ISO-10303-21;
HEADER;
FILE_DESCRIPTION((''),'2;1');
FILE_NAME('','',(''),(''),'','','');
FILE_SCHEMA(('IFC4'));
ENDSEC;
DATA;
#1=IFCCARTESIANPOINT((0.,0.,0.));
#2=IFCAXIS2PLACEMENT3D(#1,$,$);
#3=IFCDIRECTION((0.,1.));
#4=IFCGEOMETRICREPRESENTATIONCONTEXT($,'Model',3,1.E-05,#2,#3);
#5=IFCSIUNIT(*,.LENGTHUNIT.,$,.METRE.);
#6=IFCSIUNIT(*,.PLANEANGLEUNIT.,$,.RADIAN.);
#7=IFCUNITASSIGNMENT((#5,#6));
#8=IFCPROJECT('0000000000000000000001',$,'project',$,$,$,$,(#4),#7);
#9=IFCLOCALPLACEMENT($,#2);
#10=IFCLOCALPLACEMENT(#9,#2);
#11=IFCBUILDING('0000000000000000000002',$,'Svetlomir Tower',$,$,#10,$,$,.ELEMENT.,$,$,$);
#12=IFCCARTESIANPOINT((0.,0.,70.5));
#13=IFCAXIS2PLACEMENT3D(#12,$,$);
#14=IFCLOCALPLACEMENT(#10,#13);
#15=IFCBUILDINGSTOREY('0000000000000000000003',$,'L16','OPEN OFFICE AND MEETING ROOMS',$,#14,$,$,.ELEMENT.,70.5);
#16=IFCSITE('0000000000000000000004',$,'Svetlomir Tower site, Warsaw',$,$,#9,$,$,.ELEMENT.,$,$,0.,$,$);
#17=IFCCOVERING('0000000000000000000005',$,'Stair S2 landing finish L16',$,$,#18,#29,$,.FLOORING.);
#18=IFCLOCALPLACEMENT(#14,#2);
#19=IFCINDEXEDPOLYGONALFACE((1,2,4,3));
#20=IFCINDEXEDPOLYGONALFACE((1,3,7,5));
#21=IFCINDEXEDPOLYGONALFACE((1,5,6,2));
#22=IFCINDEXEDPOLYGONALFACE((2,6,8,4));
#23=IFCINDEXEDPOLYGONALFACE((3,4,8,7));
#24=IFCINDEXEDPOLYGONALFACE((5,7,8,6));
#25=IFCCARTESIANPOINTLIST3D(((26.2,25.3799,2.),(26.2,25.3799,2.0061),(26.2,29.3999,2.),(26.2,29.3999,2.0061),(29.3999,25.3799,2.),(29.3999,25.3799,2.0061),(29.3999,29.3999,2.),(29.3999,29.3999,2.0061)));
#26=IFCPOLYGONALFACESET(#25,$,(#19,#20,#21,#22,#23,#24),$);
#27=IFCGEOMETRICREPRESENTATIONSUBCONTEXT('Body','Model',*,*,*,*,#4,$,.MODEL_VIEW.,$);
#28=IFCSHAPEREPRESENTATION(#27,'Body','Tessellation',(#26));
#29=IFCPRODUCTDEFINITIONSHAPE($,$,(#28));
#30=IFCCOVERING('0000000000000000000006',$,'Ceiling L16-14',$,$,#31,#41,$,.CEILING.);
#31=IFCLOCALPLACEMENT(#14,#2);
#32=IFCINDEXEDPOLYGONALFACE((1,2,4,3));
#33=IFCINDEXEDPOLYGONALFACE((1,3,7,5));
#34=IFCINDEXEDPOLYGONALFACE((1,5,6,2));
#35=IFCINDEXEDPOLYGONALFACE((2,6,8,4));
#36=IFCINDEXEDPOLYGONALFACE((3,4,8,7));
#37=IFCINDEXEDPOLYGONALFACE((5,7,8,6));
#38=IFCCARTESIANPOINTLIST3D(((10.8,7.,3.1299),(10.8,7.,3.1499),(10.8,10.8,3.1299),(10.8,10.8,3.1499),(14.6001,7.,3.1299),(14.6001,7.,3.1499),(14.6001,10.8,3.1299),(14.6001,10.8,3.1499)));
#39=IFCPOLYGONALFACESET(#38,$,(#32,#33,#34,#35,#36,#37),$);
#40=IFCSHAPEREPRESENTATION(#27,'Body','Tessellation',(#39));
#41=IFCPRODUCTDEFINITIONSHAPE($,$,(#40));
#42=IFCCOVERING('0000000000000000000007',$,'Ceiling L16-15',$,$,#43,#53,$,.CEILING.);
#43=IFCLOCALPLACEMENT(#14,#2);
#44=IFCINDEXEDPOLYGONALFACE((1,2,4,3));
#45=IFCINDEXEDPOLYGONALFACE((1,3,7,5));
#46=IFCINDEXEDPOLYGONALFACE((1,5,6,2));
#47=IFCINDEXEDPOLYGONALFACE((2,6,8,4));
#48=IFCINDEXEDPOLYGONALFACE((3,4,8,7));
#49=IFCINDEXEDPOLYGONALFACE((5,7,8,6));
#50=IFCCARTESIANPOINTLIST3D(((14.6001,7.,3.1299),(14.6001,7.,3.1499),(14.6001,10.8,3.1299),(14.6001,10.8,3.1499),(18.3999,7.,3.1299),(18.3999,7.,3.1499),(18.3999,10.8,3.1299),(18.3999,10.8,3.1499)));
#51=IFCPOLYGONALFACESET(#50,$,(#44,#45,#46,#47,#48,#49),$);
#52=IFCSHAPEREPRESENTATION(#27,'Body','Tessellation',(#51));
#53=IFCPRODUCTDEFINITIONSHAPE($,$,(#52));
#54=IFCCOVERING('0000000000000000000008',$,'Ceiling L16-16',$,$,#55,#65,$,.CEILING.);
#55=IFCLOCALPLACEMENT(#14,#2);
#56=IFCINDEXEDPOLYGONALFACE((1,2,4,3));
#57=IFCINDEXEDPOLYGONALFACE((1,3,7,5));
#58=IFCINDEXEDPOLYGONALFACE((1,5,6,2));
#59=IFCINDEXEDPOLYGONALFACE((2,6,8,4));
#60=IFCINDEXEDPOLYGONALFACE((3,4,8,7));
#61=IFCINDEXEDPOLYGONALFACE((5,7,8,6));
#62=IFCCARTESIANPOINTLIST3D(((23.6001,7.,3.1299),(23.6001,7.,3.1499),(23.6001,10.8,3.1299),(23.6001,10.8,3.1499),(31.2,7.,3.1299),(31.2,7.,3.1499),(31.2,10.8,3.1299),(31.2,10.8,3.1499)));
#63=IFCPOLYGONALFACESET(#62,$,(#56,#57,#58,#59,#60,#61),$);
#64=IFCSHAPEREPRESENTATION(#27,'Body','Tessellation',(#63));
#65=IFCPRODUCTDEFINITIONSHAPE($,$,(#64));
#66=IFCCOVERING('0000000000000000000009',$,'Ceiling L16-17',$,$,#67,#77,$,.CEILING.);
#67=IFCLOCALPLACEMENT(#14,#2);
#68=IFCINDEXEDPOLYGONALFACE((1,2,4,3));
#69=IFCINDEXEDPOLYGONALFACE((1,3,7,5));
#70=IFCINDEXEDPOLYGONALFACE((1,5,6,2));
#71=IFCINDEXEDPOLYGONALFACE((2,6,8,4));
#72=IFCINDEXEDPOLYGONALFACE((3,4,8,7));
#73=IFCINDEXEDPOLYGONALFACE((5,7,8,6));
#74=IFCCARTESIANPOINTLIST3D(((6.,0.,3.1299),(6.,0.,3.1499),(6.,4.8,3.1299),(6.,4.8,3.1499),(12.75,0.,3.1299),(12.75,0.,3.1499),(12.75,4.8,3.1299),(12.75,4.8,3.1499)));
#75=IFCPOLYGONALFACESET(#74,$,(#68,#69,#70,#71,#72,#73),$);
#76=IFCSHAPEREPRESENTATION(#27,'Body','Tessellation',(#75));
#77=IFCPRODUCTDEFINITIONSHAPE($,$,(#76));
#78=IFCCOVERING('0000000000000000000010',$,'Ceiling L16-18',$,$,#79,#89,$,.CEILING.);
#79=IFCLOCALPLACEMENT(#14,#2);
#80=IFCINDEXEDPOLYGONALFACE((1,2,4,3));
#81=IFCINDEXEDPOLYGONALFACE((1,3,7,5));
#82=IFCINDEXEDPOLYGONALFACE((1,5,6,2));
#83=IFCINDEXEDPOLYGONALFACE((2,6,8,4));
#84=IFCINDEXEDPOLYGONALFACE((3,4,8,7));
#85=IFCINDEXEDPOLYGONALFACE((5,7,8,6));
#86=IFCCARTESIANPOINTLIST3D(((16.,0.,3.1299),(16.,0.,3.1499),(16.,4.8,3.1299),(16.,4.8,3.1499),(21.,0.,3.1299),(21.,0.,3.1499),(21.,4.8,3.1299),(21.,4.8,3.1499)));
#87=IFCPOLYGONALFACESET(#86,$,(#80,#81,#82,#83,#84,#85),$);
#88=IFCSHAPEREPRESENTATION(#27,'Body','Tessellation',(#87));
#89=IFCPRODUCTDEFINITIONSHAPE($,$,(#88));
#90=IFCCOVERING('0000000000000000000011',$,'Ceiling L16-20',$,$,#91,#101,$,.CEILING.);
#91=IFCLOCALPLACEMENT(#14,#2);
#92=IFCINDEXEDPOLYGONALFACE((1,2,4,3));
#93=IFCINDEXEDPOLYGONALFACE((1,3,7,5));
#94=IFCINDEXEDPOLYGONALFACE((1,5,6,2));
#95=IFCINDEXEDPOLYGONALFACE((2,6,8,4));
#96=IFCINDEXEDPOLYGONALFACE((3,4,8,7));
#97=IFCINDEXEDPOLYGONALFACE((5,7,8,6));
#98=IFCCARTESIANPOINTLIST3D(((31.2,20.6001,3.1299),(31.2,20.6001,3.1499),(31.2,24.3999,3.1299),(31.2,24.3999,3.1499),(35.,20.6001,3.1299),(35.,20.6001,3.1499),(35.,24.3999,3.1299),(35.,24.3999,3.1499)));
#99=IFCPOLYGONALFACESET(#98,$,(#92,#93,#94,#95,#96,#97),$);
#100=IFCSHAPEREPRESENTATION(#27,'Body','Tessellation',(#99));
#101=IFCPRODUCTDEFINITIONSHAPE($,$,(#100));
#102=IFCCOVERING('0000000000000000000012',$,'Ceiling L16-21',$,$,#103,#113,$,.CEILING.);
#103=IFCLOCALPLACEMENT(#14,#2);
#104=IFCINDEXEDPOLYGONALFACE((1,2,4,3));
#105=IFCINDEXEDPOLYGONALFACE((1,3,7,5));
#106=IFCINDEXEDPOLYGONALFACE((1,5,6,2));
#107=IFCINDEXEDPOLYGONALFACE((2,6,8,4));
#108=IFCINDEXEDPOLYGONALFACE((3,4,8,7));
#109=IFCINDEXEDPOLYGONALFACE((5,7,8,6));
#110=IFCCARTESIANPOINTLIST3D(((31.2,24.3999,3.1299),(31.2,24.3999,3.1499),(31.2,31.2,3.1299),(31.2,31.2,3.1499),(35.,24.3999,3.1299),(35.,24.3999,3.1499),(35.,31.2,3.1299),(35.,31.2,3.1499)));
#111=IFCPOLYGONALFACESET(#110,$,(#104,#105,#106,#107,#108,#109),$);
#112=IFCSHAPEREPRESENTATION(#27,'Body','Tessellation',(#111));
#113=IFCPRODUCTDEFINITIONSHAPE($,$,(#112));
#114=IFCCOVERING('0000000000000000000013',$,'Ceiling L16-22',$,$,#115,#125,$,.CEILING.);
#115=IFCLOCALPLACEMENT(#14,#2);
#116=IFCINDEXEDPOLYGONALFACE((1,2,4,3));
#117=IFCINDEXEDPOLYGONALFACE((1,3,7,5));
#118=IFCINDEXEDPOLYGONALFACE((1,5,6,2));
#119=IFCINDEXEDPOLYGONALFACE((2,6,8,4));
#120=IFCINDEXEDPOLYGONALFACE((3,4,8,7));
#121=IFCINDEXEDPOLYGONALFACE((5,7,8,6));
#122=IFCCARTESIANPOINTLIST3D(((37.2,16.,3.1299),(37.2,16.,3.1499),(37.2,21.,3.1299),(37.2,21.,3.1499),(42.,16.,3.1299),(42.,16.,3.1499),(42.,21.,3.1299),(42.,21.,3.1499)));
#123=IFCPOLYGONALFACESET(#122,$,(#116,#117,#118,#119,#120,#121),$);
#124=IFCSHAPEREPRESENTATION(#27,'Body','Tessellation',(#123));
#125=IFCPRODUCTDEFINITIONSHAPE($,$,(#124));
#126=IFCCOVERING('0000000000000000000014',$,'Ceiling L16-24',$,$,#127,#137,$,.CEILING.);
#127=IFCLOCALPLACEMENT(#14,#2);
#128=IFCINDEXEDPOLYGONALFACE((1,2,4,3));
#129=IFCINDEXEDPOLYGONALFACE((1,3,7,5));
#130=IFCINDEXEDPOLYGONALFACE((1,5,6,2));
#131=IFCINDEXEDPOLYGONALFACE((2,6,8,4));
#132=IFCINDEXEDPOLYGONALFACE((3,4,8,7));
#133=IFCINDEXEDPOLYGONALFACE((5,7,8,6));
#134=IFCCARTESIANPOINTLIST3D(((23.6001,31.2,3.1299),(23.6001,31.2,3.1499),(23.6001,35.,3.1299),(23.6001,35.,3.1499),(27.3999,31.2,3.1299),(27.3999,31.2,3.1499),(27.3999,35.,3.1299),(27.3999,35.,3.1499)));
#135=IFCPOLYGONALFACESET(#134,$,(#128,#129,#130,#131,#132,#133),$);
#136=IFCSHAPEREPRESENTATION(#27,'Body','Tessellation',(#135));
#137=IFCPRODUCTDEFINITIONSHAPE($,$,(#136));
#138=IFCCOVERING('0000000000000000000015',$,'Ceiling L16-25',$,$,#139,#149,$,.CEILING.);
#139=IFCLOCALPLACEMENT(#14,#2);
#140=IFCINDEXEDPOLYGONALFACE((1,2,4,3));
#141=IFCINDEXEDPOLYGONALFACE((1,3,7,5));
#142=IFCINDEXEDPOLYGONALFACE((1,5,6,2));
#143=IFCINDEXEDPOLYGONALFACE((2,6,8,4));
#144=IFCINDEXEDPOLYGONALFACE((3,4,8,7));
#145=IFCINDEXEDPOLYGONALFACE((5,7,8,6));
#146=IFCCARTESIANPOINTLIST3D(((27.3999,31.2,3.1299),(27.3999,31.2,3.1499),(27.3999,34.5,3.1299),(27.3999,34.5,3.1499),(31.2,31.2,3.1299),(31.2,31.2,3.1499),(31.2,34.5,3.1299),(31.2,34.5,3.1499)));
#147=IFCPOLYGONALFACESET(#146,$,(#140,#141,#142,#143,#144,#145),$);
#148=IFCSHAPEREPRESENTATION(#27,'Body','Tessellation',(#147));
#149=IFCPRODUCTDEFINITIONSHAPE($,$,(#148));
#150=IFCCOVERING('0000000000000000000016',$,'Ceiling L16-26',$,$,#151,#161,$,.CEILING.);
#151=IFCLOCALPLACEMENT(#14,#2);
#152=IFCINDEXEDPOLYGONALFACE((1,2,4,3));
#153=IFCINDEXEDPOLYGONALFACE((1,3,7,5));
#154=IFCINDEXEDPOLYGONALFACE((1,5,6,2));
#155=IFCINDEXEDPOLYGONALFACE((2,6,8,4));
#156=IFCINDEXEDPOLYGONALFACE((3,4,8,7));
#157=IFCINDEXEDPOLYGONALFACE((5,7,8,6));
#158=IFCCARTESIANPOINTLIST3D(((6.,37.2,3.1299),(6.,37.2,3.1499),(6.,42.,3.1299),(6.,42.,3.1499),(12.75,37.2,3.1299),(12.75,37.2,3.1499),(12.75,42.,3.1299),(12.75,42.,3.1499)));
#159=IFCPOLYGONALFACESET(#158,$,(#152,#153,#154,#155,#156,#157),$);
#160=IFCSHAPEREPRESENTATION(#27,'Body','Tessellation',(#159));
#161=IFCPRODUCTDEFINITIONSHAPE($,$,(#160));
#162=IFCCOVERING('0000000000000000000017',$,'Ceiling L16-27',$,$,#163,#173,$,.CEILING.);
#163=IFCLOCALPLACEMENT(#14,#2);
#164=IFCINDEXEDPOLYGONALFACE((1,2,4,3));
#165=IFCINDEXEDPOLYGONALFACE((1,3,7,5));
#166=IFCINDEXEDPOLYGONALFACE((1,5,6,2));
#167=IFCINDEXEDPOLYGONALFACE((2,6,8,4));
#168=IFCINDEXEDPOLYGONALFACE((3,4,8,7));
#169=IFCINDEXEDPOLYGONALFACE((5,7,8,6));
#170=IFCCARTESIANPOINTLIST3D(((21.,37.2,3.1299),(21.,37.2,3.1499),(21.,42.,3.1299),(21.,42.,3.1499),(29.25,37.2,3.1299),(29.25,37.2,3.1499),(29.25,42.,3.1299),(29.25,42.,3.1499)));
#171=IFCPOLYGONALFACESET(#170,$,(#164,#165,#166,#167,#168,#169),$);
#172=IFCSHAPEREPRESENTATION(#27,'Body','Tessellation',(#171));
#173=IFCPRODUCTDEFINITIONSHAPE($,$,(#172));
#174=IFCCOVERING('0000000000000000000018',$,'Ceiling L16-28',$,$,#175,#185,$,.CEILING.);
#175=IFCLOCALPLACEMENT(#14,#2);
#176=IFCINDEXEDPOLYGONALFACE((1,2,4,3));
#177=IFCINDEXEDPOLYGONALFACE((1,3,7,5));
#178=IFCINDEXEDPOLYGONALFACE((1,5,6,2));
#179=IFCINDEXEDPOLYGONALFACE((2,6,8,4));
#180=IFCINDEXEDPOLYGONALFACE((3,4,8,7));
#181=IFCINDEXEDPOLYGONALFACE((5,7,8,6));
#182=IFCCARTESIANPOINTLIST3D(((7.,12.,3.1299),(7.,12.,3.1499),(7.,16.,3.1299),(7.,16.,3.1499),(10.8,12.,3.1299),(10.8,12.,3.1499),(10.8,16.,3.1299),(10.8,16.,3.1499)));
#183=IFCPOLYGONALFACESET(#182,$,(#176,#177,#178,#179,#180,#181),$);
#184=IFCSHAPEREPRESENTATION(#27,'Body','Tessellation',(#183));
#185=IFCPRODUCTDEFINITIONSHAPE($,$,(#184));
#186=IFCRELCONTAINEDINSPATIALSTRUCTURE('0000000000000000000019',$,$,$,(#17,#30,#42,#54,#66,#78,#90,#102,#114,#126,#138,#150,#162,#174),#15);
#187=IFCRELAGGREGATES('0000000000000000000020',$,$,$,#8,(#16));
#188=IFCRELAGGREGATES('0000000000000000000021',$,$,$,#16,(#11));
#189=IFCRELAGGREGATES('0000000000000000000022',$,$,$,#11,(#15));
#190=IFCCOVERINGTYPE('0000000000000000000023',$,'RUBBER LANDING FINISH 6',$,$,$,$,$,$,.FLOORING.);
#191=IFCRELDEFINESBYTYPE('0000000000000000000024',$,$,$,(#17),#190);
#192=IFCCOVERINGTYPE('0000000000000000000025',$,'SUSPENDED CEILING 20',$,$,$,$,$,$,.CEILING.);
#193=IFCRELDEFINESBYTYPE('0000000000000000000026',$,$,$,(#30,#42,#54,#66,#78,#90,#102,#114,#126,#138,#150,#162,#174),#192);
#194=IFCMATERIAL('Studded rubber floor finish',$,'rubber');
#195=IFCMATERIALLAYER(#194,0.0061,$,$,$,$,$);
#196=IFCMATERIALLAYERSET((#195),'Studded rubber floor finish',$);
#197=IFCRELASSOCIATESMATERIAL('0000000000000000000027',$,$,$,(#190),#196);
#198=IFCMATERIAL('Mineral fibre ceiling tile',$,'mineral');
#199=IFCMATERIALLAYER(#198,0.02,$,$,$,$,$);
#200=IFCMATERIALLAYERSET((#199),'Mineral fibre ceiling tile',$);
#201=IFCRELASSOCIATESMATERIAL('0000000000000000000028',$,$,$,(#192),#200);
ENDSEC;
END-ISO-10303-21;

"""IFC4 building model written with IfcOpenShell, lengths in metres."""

from ifc_helpers import new_model, si_unit, direction, frame, origin, place, context, subcontext, project, spatial, polyline, outline, extrude, material, layer, layer_set, type_object, element, save


model = new_model("IFC4")

# Units and contexts
model_context = context("Model", 3, precision=1e-05, world=origin(), true_north=direction((0.0, 1.0)))
body_context = subcontext(model_context, "Body", "Model", "MODEL_VIEW")
ifc_project = project(units=[si_unit("LENGTHUNIT", "METRE"), si_unit("PLANEANGLEUNIT", "RADIAN")], contexts=[model_context])

# Site, building, storey
site_placement = place(None, origin())
site = spatial("IfcSite", under=ifc_project, at=site_placement, Name="Svetlomir Tower site, Warsaw", CompositionType="ELEMENT", RefElevation=0.0)
building_placement = place(site_placement, origin())
building = spatial("IfcBuilding", under=site, at=building_placement, Name="Svetlomir Tower", CompositionType="ELEMENT")
storey_placement = place(building_placement, frame((0.0, 0.0, 70.5)))
storey = spatial("IfcBuildingStorey", under=building, at=storey_placement, Name="L16", Description="OPEN OFFICE AND MEETING ROOMS", CompositionType="ELEMENT", Elevation=70.5)

# Coverings
ifc_material_1 = material(Name="Studded rubber floor finish", Category="rubber")
ifc_layer_1 = layer(ifc_material_1, 0.0061)
ifc_layer_set_1 = layer_set([ifc_layer_1], Name="Studded rubber floor finish")
covering_type_1 = type_object("IfcCoveringType", Name="RUBBER LANDING FINISH 6", PredefinedType="FLOORING", material=ifc_layer_set_1)
covering_1_placement = place(storey_placement, frame((0.0, 0.0, 2.0)))
element("IfcCovering", 1, at=covering_1_placement, inside=storey, type_object=covering_type_1, Name="Stair S2 landing finish L16", PredefinedType="FLOORING", context=body_context, shape_type="SweptSolid", body=[
    extrude(outline(polyline([(26.2, 25.3799), (29.3999, 25.3799), (29.3999, 29.3999), (26.2, 29.3999), (26.2, 25.3799)])), origin(), (0.0, 0.0, 1.0), 0.0061),
])
ifc_material_2 = material(Name="Mineral fibre ceiling tile", Category="mineral")
ifc_layer_2 = layer(ifc_material_2, 0.02)
ifc_layer_set_2 = layer_set([ifc_layer_2], Name="Mineral fibre ceiling tile")
covering_type_2 = type_object("IfcCoveringType", Name="SUSPENDED CEILING 20", PredefinedType="CEILING", material=ifc_layer_set_2)
covering_2_placement = place(storey_placement, frame((0.0, 0.0, 3.1299)))
element("IfcCovering", 2, at=covering_2_placement, inside=storey, type_object=covering_type_2, Name="Ceiling L16-14", PredefinedType="CEILING", context=body_context, shape_type="SweptSolid", body=[
    extrude(outline(polyline([(10.8, 7.0), (14.6001, 7.0), (14.6001, 10.8), (10.8, 10.8), (10.8, 7.0)])), origin(), (0.0, 0.0, 1.0), 0.02),
])
covering_3_placement = place(storey_placement, frame((0.0, 0.0, 3.1299)))
element("IfcCovering", 3, at=covering_3_placement, inside=storey, type_object=covering_type_2, Name="Ceiling L16-15", PredefinedType="CEILING", context=body_context, shape_type="SweptSolid", body=[
    extrude(outline(polyline([(14.6001, 7.0), (18.3999, 7.0), (18.3999, 10.8), (14.6001, 10.8), (14.6001, 7.0)])), origin(), (0.0, 0.0, 1.0), 0.02),
])
covering_4_placement = place(storey_placement, frame((0.0, 0.0, 3.1299)))
element("IfcCovering", 4, at=covering_4_placement, inside=storey, type_object=covering_type_2, Name="Ceiling L16-16", PredefinedType="CEILING", context=body_context, shape_type="SweptSolid", body=[
    extrude(outline(polyline([(23.6001, 7.0), (31.2, 7.0), (31.2, 10.8), (23.6001, 10.8), (23.6001, 7.0)])), origin(), (0.0, 0.0, 1.0), 0.02),
])
covering_5_placement = place(storey_placement, frame((0.0, 0.0, 3.1299)))
element("IfcCovering", 5, at=covering_5_placement, inside=storey, type_object=covering_type_2, Name="Ceiling L16-17", PredefinedType="CEILING", context=body_context, shape_type="SweptSolid", body=[
    extrude(outline(polyline([(6.0, 0.0), (12.75, 0.0), (12.75, 4.8), (6.0, 4.8), (6.0, 0.0)])), origin(), (0.0, 0.0, 1.0), 0.02),
])
covering_6_placement = place(storey_placement, frame((0.0, 0.0, 3.1299)))
element("IfcCovering", 6, at=covering_6_placement, inside=storey, type_object=covering_type_2, Name="Ceiling L16-18", PredefinedType="CEILING", context=body_context, shape_type="SweptSolid", body=[
    extrude(outline(polyline([(16.0, 0.0), (21.0, 0.0), (21.0, 4.8), (16.0, 4.8), (16.0, 0.0)])), origin(), (0.0, 0.0, 1.0), 0.02),
])
covering_7_placement = place(storey_placement, frame((0.0, 0.0, 3.1299)))
element("IfcCovering", 7, at=covering_7_placement, inside=storey, type_object=covering_type_2, Name="Ceiling L16-20", PredefinedType="CEILING", context=body_context, shape_type="SweptSolid", body=[
    extrude(outline(polyline([(31.2, 20.6001), (35.0, 20.6001), (35.0, 24.3999), (31.2, 24.3999), (31.2, 20.6001)])), origin(), (0.0, 0.0, 1.0), 0.02),
])
covering_8_placement = place(storey_placement, frame((0.0, 0.0, 3.1299)))
element("IfcCovering", 8, at=covering_8_placement, inside=storey, type_object=covering_type_2, Name="Ceiling L16-21", PredefinedType="CEILING", context=body_context, shape_type="SweptSolid", body=[
    extrude(outline(polyline([(31.2, 24.3999), (35.0, 24.3999), (35.0, 31.2), (31.2, 31.2), (31.2, 24.3999)])), origin(), (0.0, 0.0, 1.0), 0.02),
])
covering_9_placement = place(storey_placement, frame((0.0, 0.0, 3.1299)))
element("IfcCovering", 9, at=covering_9_placement, inside=storey, type_object=covering_type_2, Name="Ceiling L16-22", PredefinedType="CEILING", context=body_context, shape_type="SweptSolid", body=[
    extrude(outline(polyline([(37.2, 16.0), (42.0, 16.0), (42.0, 21.0), (37.2, 21.0), (37.2, 16.0)])), origin(), (0.0, 0.0, 1.0), 0.02),
])
covering_10_placement = place(storey_placement, frame((0.0, 0.0, 3.1299)))
element("IfcCovering", 10, at=covering_10_placement, inside=storey, type_object=covering_type_2, Name="Ceiling L16-24", PredefinedType="CEILING", context=body_context, shape_type="SweptSolid", body=[
    extrude(outline(polyline([(23.6001, 31.2), (27.3999, 31.2), (27.3999, 35.0), (23.6001, 35.0), (23.6001, 31.2)])), origin(), (0.0, 0.0, 1.0), 0.02),
])
covering_11_placement = place(storey_placement, frame((0.0, 0.0, 3.1299)))
element("IfcCovering", 11, at=covering_11_placement, inside=storey, type_object=covering_type_2, Name="Ceiling L16-25", PredefinedType="CEILING", context=body_context, shape_type="SweptSolid", body=[
    extrude(outline(polyline([(27.3999, 31.2), (31.2, 31.2), (31.2, 34.5), (27.3999, 34.5), (27.3999, 31.2)])), origin(), (0.0, 0.0, 1.0), 0.02),
])
covering_12_placement = place(storey_placement, frame((0.0, 0.0, 3.1299)))
element("IfcCovering", 12, at=covering_12_placement, inside=storey, type_object=covering_type_2, Name="Ceiling L16-26", PredefinedType="CEILING", context=body_context, shape_type="SweptSolid", body=[
    extrude(outline(polyline([(6.0, 37.2), (12.75, 37.2), (12.75, 42.0), (6.0, 42.0), (6.0, 37.2)])), origin(), (0.0, 0.0, 1.0), 0.02),
])
covering_13_placement = place(storey_placement, frame((0.0, 0.0, 3.1299)))
element("IfcCovering", 13, at=covering_13_placement, inside=storey, type_object=covering_type_2, Name="Ceiling L16-27", PredefinedType="CEILING", context=body_context, shape_type="SweptSolid", body=[
    extrude(outline(polyline([(21.0, 37.2), (29.25, 37.2), (29.25, 42.0), (21.0, 42.0), (21.0, 37.2)])), origin(), (0.0, 0.0, 1.0), 0.02),
])
covering_14_placement = place(storey_placement, frame((0.0, 0.0, 3.1299)))
element("IfcCovering", 14, at=covering_14_placement, inside=storey, type_object=covering_type_2, Name="Ceiling L16-28", PredefinedType="CEILING", context=body_context, shape_type="SweptSolid", body=[
    extrude(outline(polyline([(7.0, 12.0), (10.8, 12.0), (10.8, 16.0), (7.0, 16.0), (7.0, 12.0)])), origin(), (0.0, 0.0, 1.0), 0.02),
])

save(model, "model.ifc")
